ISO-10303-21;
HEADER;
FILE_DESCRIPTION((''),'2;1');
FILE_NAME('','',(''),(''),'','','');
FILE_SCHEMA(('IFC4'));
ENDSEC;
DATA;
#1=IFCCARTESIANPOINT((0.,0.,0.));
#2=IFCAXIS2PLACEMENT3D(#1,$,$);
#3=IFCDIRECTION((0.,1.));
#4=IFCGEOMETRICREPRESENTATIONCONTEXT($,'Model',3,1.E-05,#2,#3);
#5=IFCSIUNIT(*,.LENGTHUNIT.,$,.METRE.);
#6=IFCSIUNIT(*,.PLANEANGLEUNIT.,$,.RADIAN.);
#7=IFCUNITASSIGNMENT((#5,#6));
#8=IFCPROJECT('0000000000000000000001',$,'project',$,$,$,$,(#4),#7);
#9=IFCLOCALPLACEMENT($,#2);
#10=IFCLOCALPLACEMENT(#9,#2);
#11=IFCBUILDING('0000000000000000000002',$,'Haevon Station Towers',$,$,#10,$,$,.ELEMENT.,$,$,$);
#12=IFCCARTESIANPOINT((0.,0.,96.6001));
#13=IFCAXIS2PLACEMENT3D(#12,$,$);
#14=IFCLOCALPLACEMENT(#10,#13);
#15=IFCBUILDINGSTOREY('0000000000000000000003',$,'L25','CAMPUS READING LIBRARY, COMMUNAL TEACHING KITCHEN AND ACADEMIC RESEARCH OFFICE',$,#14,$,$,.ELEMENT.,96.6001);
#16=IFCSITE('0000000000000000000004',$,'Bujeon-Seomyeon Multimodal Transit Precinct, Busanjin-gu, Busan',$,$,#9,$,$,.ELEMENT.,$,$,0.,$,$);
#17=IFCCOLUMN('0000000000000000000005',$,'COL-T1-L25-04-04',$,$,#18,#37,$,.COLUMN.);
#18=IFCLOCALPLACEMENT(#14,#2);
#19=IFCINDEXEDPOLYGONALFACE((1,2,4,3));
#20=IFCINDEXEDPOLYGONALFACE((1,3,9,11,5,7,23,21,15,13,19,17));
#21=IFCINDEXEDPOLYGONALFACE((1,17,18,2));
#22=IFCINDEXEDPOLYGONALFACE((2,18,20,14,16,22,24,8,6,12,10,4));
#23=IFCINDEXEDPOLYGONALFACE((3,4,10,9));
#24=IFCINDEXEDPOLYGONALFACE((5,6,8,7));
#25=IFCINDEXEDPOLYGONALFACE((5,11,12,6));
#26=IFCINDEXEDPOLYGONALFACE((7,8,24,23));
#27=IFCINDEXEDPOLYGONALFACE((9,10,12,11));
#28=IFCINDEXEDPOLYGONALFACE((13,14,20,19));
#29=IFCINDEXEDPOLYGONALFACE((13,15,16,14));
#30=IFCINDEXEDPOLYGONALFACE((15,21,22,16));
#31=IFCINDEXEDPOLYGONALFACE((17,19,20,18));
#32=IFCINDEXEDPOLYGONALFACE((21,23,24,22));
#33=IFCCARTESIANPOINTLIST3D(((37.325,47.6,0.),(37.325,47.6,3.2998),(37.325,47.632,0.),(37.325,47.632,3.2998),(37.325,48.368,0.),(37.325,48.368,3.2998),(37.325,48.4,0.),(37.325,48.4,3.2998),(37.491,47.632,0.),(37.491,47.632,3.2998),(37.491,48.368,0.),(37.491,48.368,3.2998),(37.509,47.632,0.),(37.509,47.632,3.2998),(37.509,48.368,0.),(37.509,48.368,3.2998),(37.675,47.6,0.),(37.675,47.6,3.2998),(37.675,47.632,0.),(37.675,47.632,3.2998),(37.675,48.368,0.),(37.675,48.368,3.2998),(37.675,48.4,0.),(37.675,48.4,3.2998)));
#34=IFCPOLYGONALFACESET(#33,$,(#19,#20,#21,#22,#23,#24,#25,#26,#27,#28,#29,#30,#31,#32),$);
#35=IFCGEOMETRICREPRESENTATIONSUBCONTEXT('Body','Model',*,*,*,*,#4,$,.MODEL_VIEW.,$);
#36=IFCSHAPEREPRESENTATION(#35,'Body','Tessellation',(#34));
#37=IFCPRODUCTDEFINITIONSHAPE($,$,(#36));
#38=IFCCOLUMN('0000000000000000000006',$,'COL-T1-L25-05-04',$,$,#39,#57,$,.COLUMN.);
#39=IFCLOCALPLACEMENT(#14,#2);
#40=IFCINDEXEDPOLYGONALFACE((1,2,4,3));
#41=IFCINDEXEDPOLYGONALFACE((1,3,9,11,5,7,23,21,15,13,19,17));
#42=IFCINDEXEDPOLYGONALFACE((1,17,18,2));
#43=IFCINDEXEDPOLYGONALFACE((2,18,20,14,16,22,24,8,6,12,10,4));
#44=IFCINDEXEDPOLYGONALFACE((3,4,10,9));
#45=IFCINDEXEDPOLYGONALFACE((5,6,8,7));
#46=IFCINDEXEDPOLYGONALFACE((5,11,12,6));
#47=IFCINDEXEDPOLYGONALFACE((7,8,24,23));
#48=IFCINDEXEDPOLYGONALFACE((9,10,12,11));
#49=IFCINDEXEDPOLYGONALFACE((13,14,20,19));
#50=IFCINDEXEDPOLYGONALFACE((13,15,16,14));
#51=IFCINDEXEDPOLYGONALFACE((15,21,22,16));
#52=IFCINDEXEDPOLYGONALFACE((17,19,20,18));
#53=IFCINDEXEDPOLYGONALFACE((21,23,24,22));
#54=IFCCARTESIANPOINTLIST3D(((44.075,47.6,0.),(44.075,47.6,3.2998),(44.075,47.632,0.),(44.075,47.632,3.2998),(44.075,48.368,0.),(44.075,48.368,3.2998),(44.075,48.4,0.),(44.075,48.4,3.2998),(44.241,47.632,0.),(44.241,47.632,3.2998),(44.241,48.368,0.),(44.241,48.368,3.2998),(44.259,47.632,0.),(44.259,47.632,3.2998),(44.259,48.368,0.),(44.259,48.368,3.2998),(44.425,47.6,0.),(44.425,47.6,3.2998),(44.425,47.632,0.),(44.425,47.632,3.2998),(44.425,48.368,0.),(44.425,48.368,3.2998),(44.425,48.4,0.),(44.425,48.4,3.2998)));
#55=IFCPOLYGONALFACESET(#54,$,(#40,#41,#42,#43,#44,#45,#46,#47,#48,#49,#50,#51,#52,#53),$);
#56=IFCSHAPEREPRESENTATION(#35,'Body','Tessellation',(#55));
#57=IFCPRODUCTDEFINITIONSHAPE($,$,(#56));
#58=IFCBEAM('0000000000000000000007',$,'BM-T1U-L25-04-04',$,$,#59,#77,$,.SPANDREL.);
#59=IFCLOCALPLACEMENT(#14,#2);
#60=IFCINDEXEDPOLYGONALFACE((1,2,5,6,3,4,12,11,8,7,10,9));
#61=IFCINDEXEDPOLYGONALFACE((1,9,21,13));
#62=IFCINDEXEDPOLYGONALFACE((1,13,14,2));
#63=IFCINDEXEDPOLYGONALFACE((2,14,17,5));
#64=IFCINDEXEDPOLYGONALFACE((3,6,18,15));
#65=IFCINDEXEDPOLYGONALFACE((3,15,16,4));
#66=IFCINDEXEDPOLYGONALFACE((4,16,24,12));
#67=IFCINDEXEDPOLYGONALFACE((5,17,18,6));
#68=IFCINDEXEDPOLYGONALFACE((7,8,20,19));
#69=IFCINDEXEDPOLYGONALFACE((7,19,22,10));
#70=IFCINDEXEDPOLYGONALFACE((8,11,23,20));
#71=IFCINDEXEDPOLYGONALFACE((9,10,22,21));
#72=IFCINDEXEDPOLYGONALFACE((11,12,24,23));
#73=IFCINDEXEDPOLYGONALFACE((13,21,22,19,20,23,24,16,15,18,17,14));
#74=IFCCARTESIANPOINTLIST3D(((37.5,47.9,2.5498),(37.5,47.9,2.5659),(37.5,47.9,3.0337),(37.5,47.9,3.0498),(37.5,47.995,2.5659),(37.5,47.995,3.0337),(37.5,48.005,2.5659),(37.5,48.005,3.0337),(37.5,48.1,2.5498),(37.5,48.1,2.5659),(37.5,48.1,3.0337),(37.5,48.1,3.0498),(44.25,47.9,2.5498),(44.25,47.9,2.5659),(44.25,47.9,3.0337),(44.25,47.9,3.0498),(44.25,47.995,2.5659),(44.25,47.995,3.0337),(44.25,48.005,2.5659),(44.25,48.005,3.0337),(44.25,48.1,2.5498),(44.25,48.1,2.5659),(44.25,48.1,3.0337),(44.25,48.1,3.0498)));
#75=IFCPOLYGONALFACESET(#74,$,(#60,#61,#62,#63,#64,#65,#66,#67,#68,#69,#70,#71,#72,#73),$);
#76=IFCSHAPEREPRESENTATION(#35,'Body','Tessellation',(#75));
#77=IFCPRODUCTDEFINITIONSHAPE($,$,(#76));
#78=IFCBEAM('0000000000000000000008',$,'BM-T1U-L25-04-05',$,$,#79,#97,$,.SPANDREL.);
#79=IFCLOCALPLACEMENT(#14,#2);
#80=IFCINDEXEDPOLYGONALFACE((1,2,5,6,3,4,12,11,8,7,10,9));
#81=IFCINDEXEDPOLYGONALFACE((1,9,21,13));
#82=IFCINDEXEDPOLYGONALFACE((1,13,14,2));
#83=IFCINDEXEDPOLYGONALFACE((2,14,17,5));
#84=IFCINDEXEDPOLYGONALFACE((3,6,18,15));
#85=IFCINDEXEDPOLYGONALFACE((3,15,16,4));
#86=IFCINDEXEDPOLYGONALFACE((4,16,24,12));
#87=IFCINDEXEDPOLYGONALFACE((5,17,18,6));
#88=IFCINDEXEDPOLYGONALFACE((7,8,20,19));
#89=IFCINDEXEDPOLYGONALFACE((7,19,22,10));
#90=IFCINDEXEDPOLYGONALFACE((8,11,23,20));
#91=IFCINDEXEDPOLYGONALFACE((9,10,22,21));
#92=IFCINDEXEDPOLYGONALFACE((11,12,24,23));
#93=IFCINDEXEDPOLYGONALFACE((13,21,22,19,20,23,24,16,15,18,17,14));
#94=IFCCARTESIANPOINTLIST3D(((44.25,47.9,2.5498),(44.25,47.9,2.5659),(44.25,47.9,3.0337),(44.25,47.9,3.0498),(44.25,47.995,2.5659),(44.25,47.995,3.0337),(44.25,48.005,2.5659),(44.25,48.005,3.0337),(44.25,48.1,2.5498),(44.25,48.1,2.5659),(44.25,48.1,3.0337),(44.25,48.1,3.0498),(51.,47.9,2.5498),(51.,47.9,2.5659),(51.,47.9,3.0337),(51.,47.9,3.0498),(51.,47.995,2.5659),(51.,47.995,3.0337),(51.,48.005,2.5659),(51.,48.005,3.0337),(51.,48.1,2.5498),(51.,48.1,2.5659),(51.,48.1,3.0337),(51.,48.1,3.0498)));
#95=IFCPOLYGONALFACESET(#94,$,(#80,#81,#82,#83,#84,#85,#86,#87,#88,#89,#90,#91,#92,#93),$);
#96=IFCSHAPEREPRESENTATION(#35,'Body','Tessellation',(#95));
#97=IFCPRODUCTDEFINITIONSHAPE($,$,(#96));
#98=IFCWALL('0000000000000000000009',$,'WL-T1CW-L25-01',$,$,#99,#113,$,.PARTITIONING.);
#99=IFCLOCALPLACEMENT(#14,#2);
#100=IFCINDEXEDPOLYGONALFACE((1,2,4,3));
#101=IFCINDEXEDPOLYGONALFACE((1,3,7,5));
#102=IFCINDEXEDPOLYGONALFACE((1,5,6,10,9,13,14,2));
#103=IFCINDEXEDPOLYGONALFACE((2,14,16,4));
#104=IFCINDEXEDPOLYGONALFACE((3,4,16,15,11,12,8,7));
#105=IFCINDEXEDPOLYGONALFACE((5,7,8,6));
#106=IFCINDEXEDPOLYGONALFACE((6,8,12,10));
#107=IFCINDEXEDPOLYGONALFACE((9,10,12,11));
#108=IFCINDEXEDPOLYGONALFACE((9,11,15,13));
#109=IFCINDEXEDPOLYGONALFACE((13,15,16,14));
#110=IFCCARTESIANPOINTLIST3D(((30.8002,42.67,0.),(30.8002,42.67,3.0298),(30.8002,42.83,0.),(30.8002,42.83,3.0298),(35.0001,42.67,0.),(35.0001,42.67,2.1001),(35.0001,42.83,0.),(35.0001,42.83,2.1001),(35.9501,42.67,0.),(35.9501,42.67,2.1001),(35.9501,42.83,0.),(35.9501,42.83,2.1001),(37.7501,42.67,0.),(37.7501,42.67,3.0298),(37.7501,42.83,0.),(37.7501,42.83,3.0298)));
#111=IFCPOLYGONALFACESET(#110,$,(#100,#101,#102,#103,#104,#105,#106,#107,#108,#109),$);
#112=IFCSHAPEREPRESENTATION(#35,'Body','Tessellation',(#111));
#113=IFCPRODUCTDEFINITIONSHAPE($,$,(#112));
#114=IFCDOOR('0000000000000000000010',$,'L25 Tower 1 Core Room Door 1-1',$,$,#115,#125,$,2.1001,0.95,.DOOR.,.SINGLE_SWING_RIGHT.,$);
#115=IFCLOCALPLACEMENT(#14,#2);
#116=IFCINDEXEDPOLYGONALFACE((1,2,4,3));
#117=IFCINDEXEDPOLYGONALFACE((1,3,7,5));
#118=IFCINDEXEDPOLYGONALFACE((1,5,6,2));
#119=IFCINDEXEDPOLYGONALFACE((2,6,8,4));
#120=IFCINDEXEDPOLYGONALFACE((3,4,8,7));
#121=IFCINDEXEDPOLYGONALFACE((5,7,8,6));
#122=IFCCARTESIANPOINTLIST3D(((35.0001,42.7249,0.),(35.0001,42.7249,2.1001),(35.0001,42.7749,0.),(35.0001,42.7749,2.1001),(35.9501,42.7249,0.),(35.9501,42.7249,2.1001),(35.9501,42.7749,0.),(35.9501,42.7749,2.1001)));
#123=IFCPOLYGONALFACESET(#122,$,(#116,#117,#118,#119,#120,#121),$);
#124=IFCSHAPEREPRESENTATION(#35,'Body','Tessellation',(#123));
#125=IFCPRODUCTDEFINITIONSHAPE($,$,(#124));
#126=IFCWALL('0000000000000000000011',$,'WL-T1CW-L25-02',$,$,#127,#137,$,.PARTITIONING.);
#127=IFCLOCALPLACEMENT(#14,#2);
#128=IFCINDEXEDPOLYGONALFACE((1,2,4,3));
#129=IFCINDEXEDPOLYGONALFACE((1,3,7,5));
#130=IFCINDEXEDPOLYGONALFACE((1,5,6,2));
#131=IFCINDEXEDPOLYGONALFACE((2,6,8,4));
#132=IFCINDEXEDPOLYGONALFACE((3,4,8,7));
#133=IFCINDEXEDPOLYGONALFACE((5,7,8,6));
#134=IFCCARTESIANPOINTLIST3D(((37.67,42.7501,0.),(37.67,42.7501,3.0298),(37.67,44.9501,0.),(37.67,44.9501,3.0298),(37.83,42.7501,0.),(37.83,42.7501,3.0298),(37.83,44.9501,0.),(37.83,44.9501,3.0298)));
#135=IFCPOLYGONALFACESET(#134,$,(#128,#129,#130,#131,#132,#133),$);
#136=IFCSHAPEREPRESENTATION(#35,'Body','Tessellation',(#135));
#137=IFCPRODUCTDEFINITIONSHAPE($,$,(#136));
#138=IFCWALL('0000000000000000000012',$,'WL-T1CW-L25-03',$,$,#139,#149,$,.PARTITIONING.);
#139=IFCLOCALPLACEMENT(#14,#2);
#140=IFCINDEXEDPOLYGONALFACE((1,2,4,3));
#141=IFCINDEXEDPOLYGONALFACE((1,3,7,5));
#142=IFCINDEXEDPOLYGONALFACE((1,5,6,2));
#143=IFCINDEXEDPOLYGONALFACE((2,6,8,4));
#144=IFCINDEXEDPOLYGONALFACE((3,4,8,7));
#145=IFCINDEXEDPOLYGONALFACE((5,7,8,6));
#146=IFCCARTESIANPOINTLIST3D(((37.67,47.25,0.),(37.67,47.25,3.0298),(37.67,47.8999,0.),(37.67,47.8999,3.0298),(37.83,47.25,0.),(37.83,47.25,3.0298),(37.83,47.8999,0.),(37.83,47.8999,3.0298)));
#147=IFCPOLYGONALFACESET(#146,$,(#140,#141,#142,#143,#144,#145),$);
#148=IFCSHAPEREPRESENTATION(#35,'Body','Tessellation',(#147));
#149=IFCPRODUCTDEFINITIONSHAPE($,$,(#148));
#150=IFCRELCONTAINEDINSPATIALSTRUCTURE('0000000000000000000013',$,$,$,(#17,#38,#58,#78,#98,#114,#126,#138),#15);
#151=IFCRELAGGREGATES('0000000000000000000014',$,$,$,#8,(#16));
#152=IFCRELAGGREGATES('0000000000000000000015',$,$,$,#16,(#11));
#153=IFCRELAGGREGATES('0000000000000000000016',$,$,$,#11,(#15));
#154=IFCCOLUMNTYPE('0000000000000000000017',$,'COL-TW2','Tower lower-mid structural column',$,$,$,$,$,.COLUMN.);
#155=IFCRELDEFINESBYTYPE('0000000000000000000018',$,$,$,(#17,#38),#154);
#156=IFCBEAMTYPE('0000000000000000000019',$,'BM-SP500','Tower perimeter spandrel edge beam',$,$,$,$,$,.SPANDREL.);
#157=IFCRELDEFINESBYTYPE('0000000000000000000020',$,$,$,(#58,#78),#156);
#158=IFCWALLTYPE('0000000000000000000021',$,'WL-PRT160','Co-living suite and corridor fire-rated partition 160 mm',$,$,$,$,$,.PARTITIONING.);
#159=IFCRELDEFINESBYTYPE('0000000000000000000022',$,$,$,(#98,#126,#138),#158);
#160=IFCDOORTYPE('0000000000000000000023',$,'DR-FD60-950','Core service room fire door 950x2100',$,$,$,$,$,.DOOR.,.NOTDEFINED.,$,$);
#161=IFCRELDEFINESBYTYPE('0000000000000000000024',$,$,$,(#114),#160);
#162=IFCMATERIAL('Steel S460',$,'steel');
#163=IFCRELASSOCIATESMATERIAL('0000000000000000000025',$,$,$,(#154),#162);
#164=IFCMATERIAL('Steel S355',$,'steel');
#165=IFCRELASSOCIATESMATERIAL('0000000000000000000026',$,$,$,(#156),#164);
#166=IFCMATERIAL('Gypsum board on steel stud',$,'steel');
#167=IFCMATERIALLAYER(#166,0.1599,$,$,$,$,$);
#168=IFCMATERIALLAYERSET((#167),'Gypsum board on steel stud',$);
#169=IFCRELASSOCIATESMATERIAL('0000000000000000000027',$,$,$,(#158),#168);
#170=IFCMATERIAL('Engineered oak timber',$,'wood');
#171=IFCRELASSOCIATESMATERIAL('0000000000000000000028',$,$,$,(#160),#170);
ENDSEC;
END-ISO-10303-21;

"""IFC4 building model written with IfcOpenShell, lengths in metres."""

from ifc_helpers import new_model, si_unit, direction, frame, frame_2d, origin, origin_2d, place, context, subcontext, project, spatial, rectangle, i_section, extrude, material, layer, layer_set, material_profile, profile_set, type_object, element, fill, save


model = new_model("IFC4")

# Units and contexts
model_context = context("Model", 3, precision=1e-05, world=origin(), true_north=direction((0.0, 1.0)))
body_context = subcontext(model_context, "Body", "Model", "MODEL_VIEW")
ifc_project = project(units=[si_unit("LENGTHUNIT", "METRE"), si_unit("PLANEANGLEUNIT", "RADIAN")], contexts=[model_context])

# Site, building, storey
site_placement = place(None, origin())
site = spatial("IfcSite", under=ifc_project, at=site_placement, Name="Bujeon-Seomyeon Multimodal Transit Precinct, Busanjin-gu, Busan", CompositionType="ELEMENT", RefElevation=0.0)
building_placement = place(site_placement, origin())
building = spatial("IfcBuilding", under=site, at=building_placement, Name="Haevon Station Towers", CompositionType="ELEMENT")
storey_placement = place(building_placement, frame((0.0, 0.0, 96.6001)))
storey = spatial("IfcBuildingStorey", under=building, at=storey_placement, Name="L25", Description="CAMPUS READING LIBRARY, COMMUNAL TEACHING KITCHEN AND ACADEMIC RESEARCH OFFICE", CompositionType="ELEMENT", Elevation=96.6001)

# Columns
ifc_material_1 = material(Name="Steel S460", Category="steel")
ifc_material_profile_1 = material_profile(ifc_material_1, i_section(OverallWidth=0.3501, OverallDepth=0.8, WebThickness=0.0181, FlangeThickness=0.032, at=origin_2d()), Name="H-800x350x18x32")
ifc_profile_set_1 = profile_set([ifc_material_profile_1], Name="Steel S460")
column_type = type_object("IfcColumnType", Name="COL-TW2", Description="Tower lower-mid structural column", PredefinedType="COLUMN", material=ifc_profile_set_1)
for number, where, z_axis, x_axis, name in (
    (1, (37.5, 48.0, 0.0), (0.0, 0.0, 1.0), (1.0, 0.0, 0.0), "COL-T1-L25-04-04"),
    (2, (44.25, 48.0, 0.0), (0.0, 0.0, 1.0), (1.0, 0.0, 0.0), "COL-T1-L25-05-04"),
):
    element("IfcColumn", number, at=place(storey_placement, frame(where, z_axis=z_axis, x_axis=x_axis)), inside=storey, type_object=column_type, Name=name, PredefinedType="COLUMN", context=body_context, shape_type="SweptSolid", body=[
        extrude(i_section(OverallWidth=0.3501, OverallDepth=0.8, WebThickness=0.0181, FlangeThickness=0.032, at=origin_2d()), origin(), (0.0, 0.0, 1.0), 3.2998),
    ])

# Beams
ifc_material_2 = material(Name="Steel S355", Category="steel")
ifc_material_profile_2 = material_profile(ifc_material_2, i_section(OverallWidth=0.2, OverallDepth=0.5, WebThickness=0.01, FlangeThickness=0.0161, at=origin_2d()), Name="H-500x200x10x16")
ifc_profile_set_2 = profile_set([ifc_material_profile_2], Name="Steel S355")
beam_type = type_object("IfcBeamType", Name="BM-SP500", Description="Tower perimeter spandrel edge beam", PredefinedType="SPANDREL", material=ifc_profile_set_2)
for number, where, z_axis, x_axis, name in (
    (3, (37.5, 48.0, 2.7998), (1.0, 0.0, 0.0), (0.0, 1.0, 0.0), "BM-T1U-L25-04-04"),
    (4, (44.25, 48.0, 2.7998), (1.0, 0.0, 0.0), (0.0, 1.0, 0.0), "BM-T1U-L25-04-05"),
):
    element("IfcBeam", number, at=place(storey_placement, frame(where, z_axis=z_axis, x_axis=x_axis)), inside=storey, type_object=beam_type, Name=name, PredefinedType="SPANDREL", context=body_context, shape_type="SweptSolid", body=[
        extrude(i_section(OverallWidth=0.2, OverallDepth=0.5, WebThickness=0.01, FlangeThickness=0.0161, at=origin_2d()), origin(), (0.0, 0.0, 1.0), 6.75),
    ])

# Wall, opening, door
ifc_material_3 = material(Name="Gypsum board on steel stud", Category="steel")
ifc_layer_1 = layer(ifc_material_3, 0.1599)
ifc_layer_set_1 = layer_set([ifc_layer_1], Name="Gypsum board on steel stud")
wall_type_1 = type_object("IfcWallType", Name="WL-PRT160", Description="Co-living suite and corridor fire-rated partition 160 mm", PredefinedType="PARTITIONING", material=ifc_layer_set_1)
wall_1_placement = place(storey_placement, frame((30.8, 42.75, 0.0), z_axis=(0.0, 0.0, 1.0), x_axis=(1.0, 0.0, 0.0)))
wall_1 = element("IfcWall", 5, at=wall_1_placement, inside=storey, type_object=wall_type_1, Name="WL-T1CW-L25-01", PredefinedType="PARTITIONING", context=body_context, shape_type="SweptSolid", body=[
    extrude(rectangle(XDim=6.95, YDim=0.1599, at=frame_2d((3.4751, 0.0))), origin(), (0.0, 0.0, 1.0), 3.0298),
])
opening_1_placement = place(wall_1_placement, frame((4.2, 0.0, 0.0)))
opening_1 = element("IfcOpeningElement", 6, at=opening_1_placement, cuts=wall_1, PredefinedType="OPENING", context=body_context, shape_type="SweptSolid", body=[
    extrude(rectangle(XDim=0.95, YDim=2.1001, at=frame_2d((0.4751, 1.05))), frame((0.0, 0.0898, 0.0), z_axis=(0.0, -1.0, 0.0), x_axis=(1.0, 0.0, 0.0)), (0.0, 0.0, 1.0), 0.1799),
])
ifc_material_4 = material(Name="Engineered oak timber", Category="wood")
door_type_1 = type_object("IfcDoorType", Name="DR-FD60-950", Description="Core service room fire door 950x2100", OperationType="NOTDEFINED", PredefinedType="DOOR", material=ifc_material_4)
door_1_placement = place(opening_1_placement, origin())
door_1 = element("IfcDoor", 7, at=door_1_placement, inside=storey, type_object=door_type_1, Name="L25 Tower 1 Core Room Door 1-1", OperationType="SINGLE_SWING_RIGHT", OverallHeight=2.1001, OverallWidth=0.95, PredefinedType="DOOR", context=body_context, shape_type="SweptSolid", body=[
    extrude(rectangle(XDim=0.95, YDim=2.1001, at=frame_2d((0.4751, 1.05))), frame((0.0, 0.0249, 0.0), z_axis=(0.0, -1.0, 0.0), x_axis=(1.0, 0.0, 0.0)), (0.0, 0.0, 1.0), 0.05),
])
fill(opening_1, door_1)

# Walls
wall_2_placement = place(storey_placement, frame((37.75, 42.75, 0.0), z_axis=(0.0, 0.0, 1.0), x_axis=(0.0, 1.0, 0.0)))
element("IfcWall", 8, at=wall_2_placement, inside=storey, type_object=wall_type_1, Name="WL-T1CW-L25-02", PredefinedType="PARTITIONING", context=body_context, shape_type="SweptSolid", body=[
    extrude(rectangle(XDim=2.2, YDim=0.1599, at=frame_2d((1.1001, 0.0))), origin(), (0.0, 0.0, 1.0), 3.0298),
])
wall_3_placement = place(storey_placement, frame((37.75, 47.25, 0.0), z_axis=(0.0, 0.0, 1.0), x_axis=(0.0, 1.0, 0.0)))
element("IfcWall", 9, at=wall_3_placement, inside=storey, type_object=wall_type_1, Name="WL-T1CW-L25-03", PredefinedType="PARTITIONING", context=body_context, shape_type="SweptSolid", body=[
    extrude(rectangle(XDim=0.6499, YDim=0.1599, at=frame_2d((0.325, 0.0))), origin(), (0.0, 0.0, 1.0), 3.0298),
])

save(model, "model.ifc")
